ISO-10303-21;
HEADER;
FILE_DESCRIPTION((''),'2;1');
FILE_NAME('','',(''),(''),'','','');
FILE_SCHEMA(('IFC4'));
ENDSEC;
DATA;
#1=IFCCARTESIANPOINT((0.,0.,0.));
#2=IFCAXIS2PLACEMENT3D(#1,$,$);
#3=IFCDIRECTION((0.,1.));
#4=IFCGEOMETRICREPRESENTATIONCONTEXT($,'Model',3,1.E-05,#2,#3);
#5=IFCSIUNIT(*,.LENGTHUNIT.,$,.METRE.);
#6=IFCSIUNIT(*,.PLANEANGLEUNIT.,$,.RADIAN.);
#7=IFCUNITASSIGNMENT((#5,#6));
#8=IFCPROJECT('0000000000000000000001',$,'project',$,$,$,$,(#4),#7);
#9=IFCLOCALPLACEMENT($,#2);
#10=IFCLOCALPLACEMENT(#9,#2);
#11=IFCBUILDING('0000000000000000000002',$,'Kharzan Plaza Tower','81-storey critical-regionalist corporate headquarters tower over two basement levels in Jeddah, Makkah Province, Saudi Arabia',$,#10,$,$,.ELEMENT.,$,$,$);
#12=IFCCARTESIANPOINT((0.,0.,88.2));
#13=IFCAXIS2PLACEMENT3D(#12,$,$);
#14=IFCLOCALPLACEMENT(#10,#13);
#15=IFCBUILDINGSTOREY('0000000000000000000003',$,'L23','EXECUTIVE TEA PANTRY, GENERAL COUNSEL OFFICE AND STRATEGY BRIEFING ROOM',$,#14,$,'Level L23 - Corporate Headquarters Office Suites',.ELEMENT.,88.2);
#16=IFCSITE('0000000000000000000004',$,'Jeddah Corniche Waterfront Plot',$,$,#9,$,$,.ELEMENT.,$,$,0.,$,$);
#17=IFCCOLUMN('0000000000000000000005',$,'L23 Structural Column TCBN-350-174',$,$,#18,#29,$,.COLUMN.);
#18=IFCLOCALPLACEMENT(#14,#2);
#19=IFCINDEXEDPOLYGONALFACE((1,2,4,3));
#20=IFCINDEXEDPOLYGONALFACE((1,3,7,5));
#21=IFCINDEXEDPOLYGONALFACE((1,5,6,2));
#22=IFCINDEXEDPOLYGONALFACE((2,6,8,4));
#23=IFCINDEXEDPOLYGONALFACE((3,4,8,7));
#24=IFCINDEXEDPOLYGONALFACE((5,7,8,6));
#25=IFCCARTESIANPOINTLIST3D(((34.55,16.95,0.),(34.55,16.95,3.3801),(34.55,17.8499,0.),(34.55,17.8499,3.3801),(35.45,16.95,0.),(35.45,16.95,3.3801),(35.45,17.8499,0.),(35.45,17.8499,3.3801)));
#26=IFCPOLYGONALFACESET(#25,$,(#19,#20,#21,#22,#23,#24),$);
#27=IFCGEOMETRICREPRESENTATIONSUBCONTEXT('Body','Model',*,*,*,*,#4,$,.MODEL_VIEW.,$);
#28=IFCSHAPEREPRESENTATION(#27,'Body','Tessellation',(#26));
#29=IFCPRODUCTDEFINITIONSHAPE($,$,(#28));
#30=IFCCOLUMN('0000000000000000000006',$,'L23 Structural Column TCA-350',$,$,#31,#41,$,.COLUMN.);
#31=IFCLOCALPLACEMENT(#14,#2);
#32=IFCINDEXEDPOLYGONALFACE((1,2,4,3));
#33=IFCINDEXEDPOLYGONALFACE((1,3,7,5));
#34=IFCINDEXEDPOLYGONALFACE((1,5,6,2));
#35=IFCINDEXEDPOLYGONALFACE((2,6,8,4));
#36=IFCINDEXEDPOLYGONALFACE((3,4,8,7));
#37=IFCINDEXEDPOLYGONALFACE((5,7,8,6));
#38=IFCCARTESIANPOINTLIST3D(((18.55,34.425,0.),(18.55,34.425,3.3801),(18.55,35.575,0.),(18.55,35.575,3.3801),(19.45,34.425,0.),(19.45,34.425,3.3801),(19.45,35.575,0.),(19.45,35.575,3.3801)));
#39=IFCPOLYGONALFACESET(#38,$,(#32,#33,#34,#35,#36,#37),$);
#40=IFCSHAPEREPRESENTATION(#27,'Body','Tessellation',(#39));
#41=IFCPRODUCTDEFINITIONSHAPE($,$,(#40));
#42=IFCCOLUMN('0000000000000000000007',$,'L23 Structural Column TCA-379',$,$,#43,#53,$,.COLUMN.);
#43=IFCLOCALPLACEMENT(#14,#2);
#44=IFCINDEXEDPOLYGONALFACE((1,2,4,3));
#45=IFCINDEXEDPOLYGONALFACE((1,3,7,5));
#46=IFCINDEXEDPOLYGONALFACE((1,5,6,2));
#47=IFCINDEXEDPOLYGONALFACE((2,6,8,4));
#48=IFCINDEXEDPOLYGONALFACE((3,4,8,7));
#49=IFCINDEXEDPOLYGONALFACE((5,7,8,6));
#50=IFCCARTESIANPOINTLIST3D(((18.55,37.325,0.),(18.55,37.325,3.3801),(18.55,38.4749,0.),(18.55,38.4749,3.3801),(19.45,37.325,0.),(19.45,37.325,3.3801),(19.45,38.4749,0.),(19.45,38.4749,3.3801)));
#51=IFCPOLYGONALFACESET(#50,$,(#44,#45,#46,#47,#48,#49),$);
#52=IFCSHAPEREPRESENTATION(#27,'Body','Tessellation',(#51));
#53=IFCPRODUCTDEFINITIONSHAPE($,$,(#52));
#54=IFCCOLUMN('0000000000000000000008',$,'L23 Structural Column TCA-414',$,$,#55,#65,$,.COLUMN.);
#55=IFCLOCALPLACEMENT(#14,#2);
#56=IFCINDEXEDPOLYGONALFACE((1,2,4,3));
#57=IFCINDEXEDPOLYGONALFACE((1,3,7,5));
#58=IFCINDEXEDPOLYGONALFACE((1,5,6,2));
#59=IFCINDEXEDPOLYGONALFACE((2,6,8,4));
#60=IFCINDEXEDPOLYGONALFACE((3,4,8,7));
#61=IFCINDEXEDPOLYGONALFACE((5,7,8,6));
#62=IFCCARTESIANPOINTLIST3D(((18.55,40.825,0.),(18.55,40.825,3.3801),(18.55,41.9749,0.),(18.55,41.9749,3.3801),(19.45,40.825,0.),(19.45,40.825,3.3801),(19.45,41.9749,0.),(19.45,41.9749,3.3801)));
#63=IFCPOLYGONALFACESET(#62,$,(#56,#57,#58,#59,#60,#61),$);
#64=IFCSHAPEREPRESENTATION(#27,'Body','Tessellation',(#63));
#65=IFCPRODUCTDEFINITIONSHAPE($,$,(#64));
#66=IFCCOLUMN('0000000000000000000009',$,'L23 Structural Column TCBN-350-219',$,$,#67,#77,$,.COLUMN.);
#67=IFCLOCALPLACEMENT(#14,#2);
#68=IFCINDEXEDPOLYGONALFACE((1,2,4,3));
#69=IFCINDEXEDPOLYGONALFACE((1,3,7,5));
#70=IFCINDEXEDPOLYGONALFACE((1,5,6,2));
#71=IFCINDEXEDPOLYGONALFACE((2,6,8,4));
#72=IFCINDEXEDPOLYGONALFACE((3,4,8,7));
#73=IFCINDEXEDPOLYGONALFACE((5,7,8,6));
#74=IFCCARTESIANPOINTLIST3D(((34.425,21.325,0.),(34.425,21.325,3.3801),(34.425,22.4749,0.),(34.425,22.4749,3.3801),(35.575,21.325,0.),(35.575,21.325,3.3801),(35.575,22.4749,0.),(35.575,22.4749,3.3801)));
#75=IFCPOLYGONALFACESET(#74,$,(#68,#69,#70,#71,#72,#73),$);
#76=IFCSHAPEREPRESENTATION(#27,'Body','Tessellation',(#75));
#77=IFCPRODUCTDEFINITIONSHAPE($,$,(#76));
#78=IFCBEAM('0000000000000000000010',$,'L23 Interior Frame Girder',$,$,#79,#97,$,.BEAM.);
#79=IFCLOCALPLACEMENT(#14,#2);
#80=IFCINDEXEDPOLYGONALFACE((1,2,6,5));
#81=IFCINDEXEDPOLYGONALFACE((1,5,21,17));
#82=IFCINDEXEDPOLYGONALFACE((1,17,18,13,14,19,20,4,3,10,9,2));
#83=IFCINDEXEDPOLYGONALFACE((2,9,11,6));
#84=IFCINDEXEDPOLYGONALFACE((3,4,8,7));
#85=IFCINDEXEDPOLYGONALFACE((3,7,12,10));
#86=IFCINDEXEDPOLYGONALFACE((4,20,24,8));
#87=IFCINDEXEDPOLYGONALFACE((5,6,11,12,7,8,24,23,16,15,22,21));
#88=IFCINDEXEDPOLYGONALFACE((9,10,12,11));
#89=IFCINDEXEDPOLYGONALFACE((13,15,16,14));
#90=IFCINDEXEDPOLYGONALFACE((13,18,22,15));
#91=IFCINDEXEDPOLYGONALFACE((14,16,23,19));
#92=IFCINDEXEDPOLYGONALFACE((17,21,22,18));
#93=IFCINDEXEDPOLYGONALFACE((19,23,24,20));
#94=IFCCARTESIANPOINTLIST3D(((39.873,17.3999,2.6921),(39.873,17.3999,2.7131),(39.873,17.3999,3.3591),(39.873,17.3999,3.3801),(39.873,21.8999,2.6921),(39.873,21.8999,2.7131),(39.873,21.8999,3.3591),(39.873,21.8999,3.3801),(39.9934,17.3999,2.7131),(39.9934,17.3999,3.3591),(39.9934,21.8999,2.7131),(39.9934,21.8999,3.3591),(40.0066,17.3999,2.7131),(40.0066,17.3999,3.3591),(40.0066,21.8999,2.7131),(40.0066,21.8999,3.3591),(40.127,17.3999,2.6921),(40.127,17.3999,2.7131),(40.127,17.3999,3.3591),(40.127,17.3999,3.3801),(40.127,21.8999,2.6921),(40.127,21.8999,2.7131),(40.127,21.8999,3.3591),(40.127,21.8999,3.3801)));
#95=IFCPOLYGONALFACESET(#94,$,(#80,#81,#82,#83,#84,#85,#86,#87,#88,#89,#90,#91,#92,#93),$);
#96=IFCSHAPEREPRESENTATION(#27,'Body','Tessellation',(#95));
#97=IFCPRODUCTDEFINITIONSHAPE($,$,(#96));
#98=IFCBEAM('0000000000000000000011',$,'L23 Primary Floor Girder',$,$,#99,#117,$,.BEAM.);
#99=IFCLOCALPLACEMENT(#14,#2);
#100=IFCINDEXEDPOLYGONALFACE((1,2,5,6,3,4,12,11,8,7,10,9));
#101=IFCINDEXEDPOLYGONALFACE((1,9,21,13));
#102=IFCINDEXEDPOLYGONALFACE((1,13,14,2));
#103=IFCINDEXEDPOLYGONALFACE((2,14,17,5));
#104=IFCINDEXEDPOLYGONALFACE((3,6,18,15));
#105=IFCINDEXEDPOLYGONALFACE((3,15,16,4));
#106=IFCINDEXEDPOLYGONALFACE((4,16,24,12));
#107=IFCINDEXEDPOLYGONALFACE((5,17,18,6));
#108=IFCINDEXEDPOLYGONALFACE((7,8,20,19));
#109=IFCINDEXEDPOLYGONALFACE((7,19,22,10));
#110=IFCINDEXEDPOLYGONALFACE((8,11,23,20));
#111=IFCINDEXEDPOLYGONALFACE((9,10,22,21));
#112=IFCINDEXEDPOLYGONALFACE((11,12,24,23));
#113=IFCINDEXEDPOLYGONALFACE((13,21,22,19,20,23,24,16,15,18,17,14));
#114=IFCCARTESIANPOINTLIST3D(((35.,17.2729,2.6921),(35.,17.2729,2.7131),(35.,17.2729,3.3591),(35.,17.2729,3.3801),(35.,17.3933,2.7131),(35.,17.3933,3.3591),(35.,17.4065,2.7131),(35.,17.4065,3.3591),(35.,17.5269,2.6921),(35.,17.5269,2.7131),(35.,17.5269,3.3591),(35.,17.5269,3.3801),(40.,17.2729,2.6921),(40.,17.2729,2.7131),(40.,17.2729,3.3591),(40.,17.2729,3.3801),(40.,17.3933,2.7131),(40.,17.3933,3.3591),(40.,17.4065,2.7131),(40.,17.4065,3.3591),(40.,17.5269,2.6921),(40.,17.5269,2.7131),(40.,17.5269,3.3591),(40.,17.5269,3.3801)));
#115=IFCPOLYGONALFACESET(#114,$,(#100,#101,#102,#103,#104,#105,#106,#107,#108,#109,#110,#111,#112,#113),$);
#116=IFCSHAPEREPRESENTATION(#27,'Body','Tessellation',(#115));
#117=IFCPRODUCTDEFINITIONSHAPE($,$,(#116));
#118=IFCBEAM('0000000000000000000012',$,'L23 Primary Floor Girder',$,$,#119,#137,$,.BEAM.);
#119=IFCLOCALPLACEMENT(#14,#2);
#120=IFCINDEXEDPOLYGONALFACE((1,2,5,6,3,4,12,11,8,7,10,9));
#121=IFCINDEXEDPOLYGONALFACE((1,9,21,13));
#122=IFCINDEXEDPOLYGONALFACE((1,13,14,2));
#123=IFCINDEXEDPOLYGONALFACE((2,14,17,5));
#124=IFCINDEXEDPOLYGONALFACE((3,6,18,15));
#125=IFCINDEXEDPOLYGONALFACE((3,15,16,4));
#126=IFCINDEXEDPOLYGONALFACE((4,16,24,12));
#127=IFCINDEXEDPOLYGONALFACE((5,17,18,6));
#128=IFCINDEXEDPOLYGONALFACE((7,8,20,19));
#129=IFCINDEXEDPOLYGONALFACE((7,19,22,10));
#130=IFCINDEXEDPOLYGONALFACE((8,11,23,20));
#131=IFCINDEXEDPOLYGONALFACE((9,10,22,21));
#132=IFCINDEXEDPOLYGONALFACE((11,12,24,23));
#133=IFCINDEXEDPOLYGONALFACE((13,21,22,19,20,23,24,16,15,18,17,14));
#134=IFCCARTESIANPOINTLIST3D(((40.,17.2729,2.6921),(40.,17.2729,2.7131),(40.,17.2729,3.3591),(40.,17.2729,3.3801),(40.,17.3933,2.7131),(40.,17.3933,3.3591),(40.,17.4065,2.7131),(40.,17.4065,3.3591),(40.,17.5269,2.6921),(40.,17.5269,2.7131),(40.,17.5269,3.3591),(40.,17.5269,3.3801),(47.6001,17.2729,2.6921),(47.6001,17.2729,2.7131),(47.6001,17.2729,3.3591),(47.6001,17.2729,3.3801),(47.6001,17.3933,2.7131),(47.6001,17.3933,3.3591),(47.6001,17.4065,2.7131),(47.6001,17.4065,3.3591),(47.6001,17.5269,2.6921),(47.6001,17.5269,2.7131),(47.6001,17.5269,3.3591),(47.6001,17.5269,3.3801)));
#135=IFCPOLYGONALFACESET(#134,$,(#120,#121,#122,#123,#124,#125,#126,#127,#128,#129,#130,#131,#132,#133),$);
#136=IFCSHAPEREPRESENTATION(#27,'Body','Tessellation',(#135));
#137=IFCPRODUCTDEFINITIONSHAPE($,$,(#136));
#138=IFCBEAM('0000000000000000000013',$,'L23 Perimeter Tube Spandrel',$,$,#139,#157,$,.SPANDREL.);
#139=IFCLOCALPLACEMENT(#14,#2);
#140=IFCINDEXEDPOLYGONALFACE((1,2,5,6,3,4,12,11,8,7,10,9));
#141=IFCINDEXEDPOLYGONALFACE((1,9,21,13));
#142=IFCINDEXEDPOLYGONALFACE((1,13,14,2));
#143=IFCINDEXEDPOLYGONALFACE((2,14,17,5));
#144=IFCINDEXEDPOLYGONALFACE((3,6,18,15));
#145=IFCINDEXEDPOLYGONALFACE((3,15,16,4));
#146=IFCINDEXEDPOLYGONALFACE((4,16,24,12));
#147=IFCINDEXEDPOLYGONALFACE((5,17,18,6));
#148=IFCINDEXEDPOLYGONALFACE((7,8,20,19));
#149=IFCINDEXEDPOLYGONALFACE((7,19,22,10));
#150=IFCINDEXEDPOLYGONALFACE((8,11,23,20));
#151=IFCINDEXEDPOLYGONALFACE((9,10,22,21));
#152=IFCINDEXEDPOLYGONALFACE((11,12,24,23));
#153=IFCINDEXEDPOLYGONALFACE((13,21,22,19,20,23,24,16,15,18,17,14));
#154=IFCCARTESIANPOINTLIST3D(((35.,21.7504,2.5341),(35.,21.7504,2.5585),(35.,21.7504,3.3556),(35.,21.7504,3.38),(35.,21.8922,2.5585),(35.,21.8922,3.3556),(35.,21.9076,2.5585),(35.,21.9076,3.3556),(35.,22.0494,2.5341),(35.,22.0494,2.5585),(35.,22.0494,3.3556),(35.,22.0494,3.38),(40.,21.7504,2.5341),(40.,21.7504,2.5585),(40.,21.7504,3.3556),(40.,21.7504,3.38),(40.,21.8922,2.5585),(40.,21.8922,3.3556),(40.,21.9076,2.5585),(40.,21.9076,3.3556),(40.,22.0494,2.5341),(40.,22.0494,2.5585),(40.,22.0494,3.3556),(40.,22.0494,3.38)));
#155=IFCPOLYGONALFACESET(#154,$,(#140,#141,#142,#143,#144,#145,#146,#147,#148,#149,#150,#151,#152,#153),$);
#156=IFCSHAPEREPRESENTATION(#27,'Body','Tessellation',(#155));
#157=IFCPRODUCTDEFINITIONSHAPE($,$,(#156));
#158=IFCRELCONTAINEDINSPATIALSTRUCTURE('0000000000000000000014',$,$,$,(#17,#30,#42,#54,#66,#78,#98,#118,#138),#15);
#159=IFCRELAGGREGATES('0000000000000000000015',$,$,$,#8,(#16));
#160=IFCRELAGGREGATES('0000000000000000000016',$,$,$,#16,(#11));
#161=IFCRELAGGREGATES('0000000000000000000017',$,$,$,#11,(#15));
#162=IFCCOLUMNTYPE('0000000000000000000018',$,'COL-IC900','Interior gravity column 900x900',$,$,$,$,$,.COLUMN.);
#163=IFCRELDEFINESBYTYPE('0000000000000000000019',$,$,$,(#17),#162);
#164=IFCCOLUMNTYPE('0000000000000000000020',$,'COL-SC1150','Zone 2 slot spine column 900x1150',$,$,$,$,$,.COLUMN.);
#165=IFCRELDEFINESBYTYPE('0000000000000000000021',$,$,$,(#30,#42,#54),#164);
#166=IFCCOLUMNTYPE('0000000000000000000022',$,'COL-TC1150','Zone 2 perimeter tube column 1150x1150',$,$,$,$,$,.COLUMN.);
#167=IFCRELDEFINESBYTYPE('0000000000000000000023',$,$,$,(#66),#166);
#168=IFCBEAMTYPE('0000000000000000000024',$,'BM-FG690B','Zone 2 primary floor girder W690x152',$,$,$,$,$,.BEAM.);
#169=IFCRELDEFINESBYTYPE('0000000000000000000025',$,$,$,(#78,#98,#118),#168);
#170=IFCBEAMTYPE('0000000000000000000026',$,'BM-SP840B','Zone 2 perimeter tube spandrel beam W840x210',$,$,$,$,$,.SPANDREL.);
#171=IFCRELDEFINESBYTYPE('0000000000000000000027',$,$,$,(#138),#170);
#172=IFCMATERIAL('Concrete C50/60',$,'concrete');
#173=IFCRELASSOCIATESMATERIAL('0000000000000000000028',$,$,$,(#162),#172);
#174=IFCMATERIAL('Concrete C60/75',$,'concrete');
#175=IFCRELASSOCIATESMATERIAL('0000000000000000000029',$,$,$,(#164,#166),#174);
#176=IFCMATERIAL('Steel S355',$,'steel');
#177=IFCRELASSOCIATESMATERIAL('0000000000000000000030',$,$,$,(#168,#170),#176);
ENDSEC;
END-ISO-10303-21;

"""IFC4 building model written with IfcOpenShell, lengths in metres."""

from ifc_helpers import new_model, si_unit, direction, frame, origin, origin_2d, place, context, subcontext, project, spatial, rectangle, i_section, extrude, source, transform, mapped, material, material_profile, profile_set, type_object, element, save


model = new_model("IFC4")

# Units and contexts
model_context = context("Model", 3, precision=1e-05, world=origin(), true_north=direction((0.0, 1.0)))
body_context = subcontext(model_context, "Body", "Model", "MODEL_VIEW")
ifc_project = project(units=[si_unit("LENGTHUNIT", "METRE"), si_unit("PLANEANGLEUNIT", "RADIAN")], contexts=[model_context])

# Site, building, storey
site_placement = place(None, origin())
site = spatial("IfcSite", under=ifc_project, at=site_placement, Name="Jeddah Corniche Waterfront Plot", CompositionType="ELEMENT", RefElevation=0.0)
building_placement = place(site_placement, origin())
building = spatial("IfcBuilding", under=site, at=building_placement, Name="Kharzan Plaza Tower", Description="81-storey critical-regionalist corporate headquarters tower over two basement levels in Jeddah, Makkah Province, Saudi Arabia", CompositionType="ELEMENT")
storey_placement = place(building_placement, frame((0.0, 0.0, 88.2)))
storey = spatial("IfcBuildingStorey", under=building, at=storey_placement, Name="L23", Description="EXECUTIVE TEA PANTRY, GENERAL COUNSEL OFFICE AND STRATEGY BRIEFING ROOM", LongName="Level L23 - Corporate Headquarters Office Suites", CompositionType="ELEMENT", Elevation=88.2)

# Columns
ifc_material_1 = material(Name="Concrete C50/60", Category="concrete")
ifc_material_profile_1 = material_profile(ifc_material_1, rectangle(XDim=0.8999, YDim=0.8999, at=origin_2d()), Name="RC-IC900x900")
ifc_profile_set_1 = profile_set([ifc_material_profile_1], Name="Concrete C50/60")
column_type_1 = type_object("IfcColumnType", Name="COL-IC900", Description="Interior gravity column 900x900", PredefinedType="COLUMN", material=ifc_profile_set_1)
shared_shape_1 = source(origin(), body_context, "Body", "SweptSolid", [
    extrude(rectangle(XDim=0.8999, YDim=0.8999, at=origin_2d()), origin(), (0.0, 0.0, 1.0), 3.3801),
])
column_1_placement = place(storey_placement, frame((35.0, 17.3999, 0.0), z_axis=(0.0, 0.0, 1.0), x_axis=(1.0, 0.0, 0.0)))
element("IfcColumn", 1, at=column_1_placement, inside=storey, type_object=column_type_1, Name="L23 Structural Column TCBN-350-174", PredefinedType="COLUMN", context=body_context, shape_type="MappedRepresentation", body=[
    mapped(shared_shape_1, transform((0.0, 0.0, 0.0), x_axis=(1.0, 0.0, 0.0), y_axis=(0.0, 1.0, 0.0), z_axis=(0.0, 0.0, 1.0))),
])
ifc_material_2 = material(Name="Concrete C60/75", Category="concrete")
ifc_material_profile_2 = material_profile(ifc_material_2, rectangle(XDim=0.8999, YDim=1.1499, at=origin_2d()), Name="RC-SC1150x900")
ifc_profile_set_2 = profile_set([ifc_material_profile_2], Name="Concrete C60/75")
column_type_2 = type_object("IfcColumnType", Name="COL-SC1150", Description="Zone 2 slot spine column 900x1150", PredefinedType="COLUMN", material=ifc_profile_set_2)
shared_shape_2 = source(origin(), body_context, "Body", "SweptSolid", [
    extrude(rectangle(XDim=0.8999, YDim=1.1499, at=origin_2d()), origin(), (0.0, 0.0, 1.0), 3.3801),
])
for number, where, z_axis, x_axis, name in (
    (2, (19.0, 35.0, 0.0), (0.0, 0.0, 1.0), (1.0, 0.0, 0.0), "L23 Structural Column TCA-350"),
    (3, (19.0, 37.8999, 0.0), (0.0, 0.0, 1.0), (1.0, 0.0, 0.0), "L23 Structural Column TCA-379"),
    (4, (19.0, 41.3999, 0.0), (0.0, 0.0, 1.0), (1.0, 0.0, 0.0), "L23 Structural Column TCA-414"),
):
    element("IfcColumn", number, at=place(storey_placement, frame(where, z_axis=z_axis, x_axis=x_axis)), inside=storey, type_object=column_type_2, Name=name, PredefinedType="COLUMN", context=body_context, shape_type="MappedRepresentation", body=[
        mapped(shared_shape_2, transform((0.0, 0.0, 0.0), x_axis=(1.0, 0.0, 0.0), y_axis=(0.0, 1.0, 0.0), z_axis=(0.0, 0.0, 1.0))),
    ])
ifc_material_profile_3 = material_profile(ifc_material_2, rectangle(XDim=1.1499, YDim=1.1499, at=origin_2d()), Name="RC-TC1150x1150")
ifc_profile_set_3 = profile_set([ifc_material_profile_3], Name="Concrete C60/75")
column_type_3 = type_object("IfcColumnType", Name="COL-TC1150", Description="Zone 2 perimeter tube column 1150x1150", PredefinedType="COLUMN", material=ifc_profile_set_3)
shared_shape_3 = source(origin(), body_context, "Body", "SweptSolid", [
    extrude(rectangle(XDim=1.1499, YDim=1.1499, at=origin_2d()), origin(), (0.0, 0.0, 1.0), 3.3801),
])
column_2_placement = place(storey_placement, frame((35.0, 21.8999, 0.0), z_axis=(0.0, 0.0, 1.0), x_axis=(1.0, 0.0, 0.0)))
element("IfcColumn", 5, at=column_2_placement, inside=storey, type_object=column_type_3, Name="L23 Structural Column TCBN-350-219", PredefinedType="COLUMN", context=body_context, shape_type="MappedRepresentation", body=[
    mapped(shared_shape_3, transform((0.0, 0.0, 0.0), x_axis=(1.0, 0.0, 0.0), y_axis=(0.0, 1.0, 0.0), z_axis=(0.0, 0.0, 1.0))),
])

# Beams
ifc_material_3 = material(Name="Steel S355", Category="steel")
ifc_material_profile_4 = material_profile(ifc_material_3, i_section(OverallWidth=0.2539, OverallDepth=0.688, WebThickness=0.0132, FlangeThickness=0.021, at=origin_2d()), Name="W690x152")
ifc_profile_set_4 = profile_set([ifc_material_profile_4], Name="Steel S355")
beam_type_1 = type_object("IfcBeamType", Name="BM-FG690B", Description="Zone 2 primary floor girder W690x152", PredefinedType="BEAM", material=ifc_profile_set_4)
shared_shape_4 = source(origin(), body_context, "Body", "SweptSolid", [
    extrude(i_section(OverallWidth=0.2539, OverallDepth=0.688, WebThickness=0.0132, FlangeThickness=0.021, at=origin_2d()), origin(), (0.0, 0.0, 1.0), 4.5),
])
beam_1_placement = place(storey_placement, frame((40.0, 17.3999, 3.0361), z_axis=(0.0, 1.0, 0.0), x_axis=(-1.0, 0.0, 0.0)))
element("IfcBeam", 6, at=beam_1_placement, inside=storey, type_object=beam_type_1, Name="L23 Interior Frame Girder", PredefinedType="BEAM", context=body_context, shape_type="MappedRepresentation", body=[
    mapped(shared_shape_4, transform((0.0, 0.0, 0.0), x_axis=(1.0, 0.0, 0.0), y_axis=(0.0, 1.0, 0.0), z_axis=(0.0, 0.0, 1.0))),
])
shared_shape_5 = source(origin(), body_context, "Body", "SweptSolid", [
    extrude(i_section(OverallWidth=0.2539, OverallDepth=0.688, WebThickness=0.0132, FlangeThickness=0.021, at=origin_2d()), origin(), (0.0, 0.0, 1.0), 5.0),
])
beam_2_placement = place(storey_placement, frame((35.0, 17.3999, 3.0361), z_axis=(1.0, 0.0, 0.0), x_axis=(0.0, 1.0, 0.0)))
element("IfcBeam", 7, at=beam_2_placement, inside=storey, type_object=beam_type_1, Name="L23 Primary Floor Girder", PredefinedType="BEAM", context=body_context, shape_type="MappedRepresentation", body=[
    mapped(shared_shape_5, transform((0.0, 0.0, 0.0), x_axis=(1.0, 0.0, 0.0), y_axis=(0.0, 1.0, 0.0), z_axis=(0.0, 0.0, 1.0))),
])
shared_shape_6 = source(origin(), body_context, "Body", "SweptSolid", [
    extrude(i_section(OverallWidth=0.2539, OverallDepth=0.688, WebThickness=0.0132, FlangeThickness=0.021, at=origin_2d()), origin(), (0.0, 0.0, 1.0), 7.6001),
])
beam_3_placement = place(storey_placement, frame((40.0, 17.3999, 3.0361), z_axis=(1.0, 0.0, 0.0), x_axis=(0.0, 1.0, 0.0)))
element("IfcBeam", 8, at=beam_3_placement, inside=storey, type_object=beam_type_1, Name="L23 Primary Floor Girder", PredefinedType="BEAM", context=body_context, shape_type="MappedRepresentation", body=[
    mapped(shared_shape_6, transform((0.0, 0.0, 0.0), x_axis=(1.0, 0.0, 0.0), y_axis=(0.0, 1.0, 0.0), z_axis=(0.0, 0.0, 1.0))),
])
ifc_material_profile_5 = material_profile(ifc_material_3, i_section(OverallWidth=0.2991, OverallDepth=0.8459, WebThickness=0.0154, FlangeThickness=0.0244, at=origin_2d()), Name="W840x210")
ifc_profile_set_5 = profile_set([ifc_material_profile_5], Name="Steel S355")
beam_type_2 = type_object("IfcBeamType", Name="BM-SP840B", Description="Zone 2 perimeter tube spandrel beam W840x210", PredefinedType="SPANDREL", material=ifc_profile_set_5)
shared_shape_7 = source(origin(), body_context, "Body", "SweptSolid", [
    extrude(i_section(OverallWidth=0.2991, OverallDepth=0.8459, WebThickness=0.0154, FlangeThickness=0.0244, at=origin_2d()), origin(), (0.0, 0.0, 1.0), 5.0),
])
beam_4_placement = place(storey_placement, frame((35.0, 21.8999, 2.957), z_axis=(1.0, 0.0, 0.0), x_axis=(0.0, 1.0, 0.0)))
element("IfcBeam", 9, at=beam_4_placement, inside=storey, type_object=beam_type_2, Name="L23 Perimeter Tube Spandrel", PredefinedType="SPANDREL", context=body_context, shape_type="MappedRepresentation", body=[
    mapped(shared_shape_7, transform((0.0, 0.0, 0.0), x_axis=(1.0, 0.0, 0.0), y_axis=(0.0, 1.0, 0.0), z_axis=(0.0, 0.0, 1.0))),
])

save(model, "model.ifc")
